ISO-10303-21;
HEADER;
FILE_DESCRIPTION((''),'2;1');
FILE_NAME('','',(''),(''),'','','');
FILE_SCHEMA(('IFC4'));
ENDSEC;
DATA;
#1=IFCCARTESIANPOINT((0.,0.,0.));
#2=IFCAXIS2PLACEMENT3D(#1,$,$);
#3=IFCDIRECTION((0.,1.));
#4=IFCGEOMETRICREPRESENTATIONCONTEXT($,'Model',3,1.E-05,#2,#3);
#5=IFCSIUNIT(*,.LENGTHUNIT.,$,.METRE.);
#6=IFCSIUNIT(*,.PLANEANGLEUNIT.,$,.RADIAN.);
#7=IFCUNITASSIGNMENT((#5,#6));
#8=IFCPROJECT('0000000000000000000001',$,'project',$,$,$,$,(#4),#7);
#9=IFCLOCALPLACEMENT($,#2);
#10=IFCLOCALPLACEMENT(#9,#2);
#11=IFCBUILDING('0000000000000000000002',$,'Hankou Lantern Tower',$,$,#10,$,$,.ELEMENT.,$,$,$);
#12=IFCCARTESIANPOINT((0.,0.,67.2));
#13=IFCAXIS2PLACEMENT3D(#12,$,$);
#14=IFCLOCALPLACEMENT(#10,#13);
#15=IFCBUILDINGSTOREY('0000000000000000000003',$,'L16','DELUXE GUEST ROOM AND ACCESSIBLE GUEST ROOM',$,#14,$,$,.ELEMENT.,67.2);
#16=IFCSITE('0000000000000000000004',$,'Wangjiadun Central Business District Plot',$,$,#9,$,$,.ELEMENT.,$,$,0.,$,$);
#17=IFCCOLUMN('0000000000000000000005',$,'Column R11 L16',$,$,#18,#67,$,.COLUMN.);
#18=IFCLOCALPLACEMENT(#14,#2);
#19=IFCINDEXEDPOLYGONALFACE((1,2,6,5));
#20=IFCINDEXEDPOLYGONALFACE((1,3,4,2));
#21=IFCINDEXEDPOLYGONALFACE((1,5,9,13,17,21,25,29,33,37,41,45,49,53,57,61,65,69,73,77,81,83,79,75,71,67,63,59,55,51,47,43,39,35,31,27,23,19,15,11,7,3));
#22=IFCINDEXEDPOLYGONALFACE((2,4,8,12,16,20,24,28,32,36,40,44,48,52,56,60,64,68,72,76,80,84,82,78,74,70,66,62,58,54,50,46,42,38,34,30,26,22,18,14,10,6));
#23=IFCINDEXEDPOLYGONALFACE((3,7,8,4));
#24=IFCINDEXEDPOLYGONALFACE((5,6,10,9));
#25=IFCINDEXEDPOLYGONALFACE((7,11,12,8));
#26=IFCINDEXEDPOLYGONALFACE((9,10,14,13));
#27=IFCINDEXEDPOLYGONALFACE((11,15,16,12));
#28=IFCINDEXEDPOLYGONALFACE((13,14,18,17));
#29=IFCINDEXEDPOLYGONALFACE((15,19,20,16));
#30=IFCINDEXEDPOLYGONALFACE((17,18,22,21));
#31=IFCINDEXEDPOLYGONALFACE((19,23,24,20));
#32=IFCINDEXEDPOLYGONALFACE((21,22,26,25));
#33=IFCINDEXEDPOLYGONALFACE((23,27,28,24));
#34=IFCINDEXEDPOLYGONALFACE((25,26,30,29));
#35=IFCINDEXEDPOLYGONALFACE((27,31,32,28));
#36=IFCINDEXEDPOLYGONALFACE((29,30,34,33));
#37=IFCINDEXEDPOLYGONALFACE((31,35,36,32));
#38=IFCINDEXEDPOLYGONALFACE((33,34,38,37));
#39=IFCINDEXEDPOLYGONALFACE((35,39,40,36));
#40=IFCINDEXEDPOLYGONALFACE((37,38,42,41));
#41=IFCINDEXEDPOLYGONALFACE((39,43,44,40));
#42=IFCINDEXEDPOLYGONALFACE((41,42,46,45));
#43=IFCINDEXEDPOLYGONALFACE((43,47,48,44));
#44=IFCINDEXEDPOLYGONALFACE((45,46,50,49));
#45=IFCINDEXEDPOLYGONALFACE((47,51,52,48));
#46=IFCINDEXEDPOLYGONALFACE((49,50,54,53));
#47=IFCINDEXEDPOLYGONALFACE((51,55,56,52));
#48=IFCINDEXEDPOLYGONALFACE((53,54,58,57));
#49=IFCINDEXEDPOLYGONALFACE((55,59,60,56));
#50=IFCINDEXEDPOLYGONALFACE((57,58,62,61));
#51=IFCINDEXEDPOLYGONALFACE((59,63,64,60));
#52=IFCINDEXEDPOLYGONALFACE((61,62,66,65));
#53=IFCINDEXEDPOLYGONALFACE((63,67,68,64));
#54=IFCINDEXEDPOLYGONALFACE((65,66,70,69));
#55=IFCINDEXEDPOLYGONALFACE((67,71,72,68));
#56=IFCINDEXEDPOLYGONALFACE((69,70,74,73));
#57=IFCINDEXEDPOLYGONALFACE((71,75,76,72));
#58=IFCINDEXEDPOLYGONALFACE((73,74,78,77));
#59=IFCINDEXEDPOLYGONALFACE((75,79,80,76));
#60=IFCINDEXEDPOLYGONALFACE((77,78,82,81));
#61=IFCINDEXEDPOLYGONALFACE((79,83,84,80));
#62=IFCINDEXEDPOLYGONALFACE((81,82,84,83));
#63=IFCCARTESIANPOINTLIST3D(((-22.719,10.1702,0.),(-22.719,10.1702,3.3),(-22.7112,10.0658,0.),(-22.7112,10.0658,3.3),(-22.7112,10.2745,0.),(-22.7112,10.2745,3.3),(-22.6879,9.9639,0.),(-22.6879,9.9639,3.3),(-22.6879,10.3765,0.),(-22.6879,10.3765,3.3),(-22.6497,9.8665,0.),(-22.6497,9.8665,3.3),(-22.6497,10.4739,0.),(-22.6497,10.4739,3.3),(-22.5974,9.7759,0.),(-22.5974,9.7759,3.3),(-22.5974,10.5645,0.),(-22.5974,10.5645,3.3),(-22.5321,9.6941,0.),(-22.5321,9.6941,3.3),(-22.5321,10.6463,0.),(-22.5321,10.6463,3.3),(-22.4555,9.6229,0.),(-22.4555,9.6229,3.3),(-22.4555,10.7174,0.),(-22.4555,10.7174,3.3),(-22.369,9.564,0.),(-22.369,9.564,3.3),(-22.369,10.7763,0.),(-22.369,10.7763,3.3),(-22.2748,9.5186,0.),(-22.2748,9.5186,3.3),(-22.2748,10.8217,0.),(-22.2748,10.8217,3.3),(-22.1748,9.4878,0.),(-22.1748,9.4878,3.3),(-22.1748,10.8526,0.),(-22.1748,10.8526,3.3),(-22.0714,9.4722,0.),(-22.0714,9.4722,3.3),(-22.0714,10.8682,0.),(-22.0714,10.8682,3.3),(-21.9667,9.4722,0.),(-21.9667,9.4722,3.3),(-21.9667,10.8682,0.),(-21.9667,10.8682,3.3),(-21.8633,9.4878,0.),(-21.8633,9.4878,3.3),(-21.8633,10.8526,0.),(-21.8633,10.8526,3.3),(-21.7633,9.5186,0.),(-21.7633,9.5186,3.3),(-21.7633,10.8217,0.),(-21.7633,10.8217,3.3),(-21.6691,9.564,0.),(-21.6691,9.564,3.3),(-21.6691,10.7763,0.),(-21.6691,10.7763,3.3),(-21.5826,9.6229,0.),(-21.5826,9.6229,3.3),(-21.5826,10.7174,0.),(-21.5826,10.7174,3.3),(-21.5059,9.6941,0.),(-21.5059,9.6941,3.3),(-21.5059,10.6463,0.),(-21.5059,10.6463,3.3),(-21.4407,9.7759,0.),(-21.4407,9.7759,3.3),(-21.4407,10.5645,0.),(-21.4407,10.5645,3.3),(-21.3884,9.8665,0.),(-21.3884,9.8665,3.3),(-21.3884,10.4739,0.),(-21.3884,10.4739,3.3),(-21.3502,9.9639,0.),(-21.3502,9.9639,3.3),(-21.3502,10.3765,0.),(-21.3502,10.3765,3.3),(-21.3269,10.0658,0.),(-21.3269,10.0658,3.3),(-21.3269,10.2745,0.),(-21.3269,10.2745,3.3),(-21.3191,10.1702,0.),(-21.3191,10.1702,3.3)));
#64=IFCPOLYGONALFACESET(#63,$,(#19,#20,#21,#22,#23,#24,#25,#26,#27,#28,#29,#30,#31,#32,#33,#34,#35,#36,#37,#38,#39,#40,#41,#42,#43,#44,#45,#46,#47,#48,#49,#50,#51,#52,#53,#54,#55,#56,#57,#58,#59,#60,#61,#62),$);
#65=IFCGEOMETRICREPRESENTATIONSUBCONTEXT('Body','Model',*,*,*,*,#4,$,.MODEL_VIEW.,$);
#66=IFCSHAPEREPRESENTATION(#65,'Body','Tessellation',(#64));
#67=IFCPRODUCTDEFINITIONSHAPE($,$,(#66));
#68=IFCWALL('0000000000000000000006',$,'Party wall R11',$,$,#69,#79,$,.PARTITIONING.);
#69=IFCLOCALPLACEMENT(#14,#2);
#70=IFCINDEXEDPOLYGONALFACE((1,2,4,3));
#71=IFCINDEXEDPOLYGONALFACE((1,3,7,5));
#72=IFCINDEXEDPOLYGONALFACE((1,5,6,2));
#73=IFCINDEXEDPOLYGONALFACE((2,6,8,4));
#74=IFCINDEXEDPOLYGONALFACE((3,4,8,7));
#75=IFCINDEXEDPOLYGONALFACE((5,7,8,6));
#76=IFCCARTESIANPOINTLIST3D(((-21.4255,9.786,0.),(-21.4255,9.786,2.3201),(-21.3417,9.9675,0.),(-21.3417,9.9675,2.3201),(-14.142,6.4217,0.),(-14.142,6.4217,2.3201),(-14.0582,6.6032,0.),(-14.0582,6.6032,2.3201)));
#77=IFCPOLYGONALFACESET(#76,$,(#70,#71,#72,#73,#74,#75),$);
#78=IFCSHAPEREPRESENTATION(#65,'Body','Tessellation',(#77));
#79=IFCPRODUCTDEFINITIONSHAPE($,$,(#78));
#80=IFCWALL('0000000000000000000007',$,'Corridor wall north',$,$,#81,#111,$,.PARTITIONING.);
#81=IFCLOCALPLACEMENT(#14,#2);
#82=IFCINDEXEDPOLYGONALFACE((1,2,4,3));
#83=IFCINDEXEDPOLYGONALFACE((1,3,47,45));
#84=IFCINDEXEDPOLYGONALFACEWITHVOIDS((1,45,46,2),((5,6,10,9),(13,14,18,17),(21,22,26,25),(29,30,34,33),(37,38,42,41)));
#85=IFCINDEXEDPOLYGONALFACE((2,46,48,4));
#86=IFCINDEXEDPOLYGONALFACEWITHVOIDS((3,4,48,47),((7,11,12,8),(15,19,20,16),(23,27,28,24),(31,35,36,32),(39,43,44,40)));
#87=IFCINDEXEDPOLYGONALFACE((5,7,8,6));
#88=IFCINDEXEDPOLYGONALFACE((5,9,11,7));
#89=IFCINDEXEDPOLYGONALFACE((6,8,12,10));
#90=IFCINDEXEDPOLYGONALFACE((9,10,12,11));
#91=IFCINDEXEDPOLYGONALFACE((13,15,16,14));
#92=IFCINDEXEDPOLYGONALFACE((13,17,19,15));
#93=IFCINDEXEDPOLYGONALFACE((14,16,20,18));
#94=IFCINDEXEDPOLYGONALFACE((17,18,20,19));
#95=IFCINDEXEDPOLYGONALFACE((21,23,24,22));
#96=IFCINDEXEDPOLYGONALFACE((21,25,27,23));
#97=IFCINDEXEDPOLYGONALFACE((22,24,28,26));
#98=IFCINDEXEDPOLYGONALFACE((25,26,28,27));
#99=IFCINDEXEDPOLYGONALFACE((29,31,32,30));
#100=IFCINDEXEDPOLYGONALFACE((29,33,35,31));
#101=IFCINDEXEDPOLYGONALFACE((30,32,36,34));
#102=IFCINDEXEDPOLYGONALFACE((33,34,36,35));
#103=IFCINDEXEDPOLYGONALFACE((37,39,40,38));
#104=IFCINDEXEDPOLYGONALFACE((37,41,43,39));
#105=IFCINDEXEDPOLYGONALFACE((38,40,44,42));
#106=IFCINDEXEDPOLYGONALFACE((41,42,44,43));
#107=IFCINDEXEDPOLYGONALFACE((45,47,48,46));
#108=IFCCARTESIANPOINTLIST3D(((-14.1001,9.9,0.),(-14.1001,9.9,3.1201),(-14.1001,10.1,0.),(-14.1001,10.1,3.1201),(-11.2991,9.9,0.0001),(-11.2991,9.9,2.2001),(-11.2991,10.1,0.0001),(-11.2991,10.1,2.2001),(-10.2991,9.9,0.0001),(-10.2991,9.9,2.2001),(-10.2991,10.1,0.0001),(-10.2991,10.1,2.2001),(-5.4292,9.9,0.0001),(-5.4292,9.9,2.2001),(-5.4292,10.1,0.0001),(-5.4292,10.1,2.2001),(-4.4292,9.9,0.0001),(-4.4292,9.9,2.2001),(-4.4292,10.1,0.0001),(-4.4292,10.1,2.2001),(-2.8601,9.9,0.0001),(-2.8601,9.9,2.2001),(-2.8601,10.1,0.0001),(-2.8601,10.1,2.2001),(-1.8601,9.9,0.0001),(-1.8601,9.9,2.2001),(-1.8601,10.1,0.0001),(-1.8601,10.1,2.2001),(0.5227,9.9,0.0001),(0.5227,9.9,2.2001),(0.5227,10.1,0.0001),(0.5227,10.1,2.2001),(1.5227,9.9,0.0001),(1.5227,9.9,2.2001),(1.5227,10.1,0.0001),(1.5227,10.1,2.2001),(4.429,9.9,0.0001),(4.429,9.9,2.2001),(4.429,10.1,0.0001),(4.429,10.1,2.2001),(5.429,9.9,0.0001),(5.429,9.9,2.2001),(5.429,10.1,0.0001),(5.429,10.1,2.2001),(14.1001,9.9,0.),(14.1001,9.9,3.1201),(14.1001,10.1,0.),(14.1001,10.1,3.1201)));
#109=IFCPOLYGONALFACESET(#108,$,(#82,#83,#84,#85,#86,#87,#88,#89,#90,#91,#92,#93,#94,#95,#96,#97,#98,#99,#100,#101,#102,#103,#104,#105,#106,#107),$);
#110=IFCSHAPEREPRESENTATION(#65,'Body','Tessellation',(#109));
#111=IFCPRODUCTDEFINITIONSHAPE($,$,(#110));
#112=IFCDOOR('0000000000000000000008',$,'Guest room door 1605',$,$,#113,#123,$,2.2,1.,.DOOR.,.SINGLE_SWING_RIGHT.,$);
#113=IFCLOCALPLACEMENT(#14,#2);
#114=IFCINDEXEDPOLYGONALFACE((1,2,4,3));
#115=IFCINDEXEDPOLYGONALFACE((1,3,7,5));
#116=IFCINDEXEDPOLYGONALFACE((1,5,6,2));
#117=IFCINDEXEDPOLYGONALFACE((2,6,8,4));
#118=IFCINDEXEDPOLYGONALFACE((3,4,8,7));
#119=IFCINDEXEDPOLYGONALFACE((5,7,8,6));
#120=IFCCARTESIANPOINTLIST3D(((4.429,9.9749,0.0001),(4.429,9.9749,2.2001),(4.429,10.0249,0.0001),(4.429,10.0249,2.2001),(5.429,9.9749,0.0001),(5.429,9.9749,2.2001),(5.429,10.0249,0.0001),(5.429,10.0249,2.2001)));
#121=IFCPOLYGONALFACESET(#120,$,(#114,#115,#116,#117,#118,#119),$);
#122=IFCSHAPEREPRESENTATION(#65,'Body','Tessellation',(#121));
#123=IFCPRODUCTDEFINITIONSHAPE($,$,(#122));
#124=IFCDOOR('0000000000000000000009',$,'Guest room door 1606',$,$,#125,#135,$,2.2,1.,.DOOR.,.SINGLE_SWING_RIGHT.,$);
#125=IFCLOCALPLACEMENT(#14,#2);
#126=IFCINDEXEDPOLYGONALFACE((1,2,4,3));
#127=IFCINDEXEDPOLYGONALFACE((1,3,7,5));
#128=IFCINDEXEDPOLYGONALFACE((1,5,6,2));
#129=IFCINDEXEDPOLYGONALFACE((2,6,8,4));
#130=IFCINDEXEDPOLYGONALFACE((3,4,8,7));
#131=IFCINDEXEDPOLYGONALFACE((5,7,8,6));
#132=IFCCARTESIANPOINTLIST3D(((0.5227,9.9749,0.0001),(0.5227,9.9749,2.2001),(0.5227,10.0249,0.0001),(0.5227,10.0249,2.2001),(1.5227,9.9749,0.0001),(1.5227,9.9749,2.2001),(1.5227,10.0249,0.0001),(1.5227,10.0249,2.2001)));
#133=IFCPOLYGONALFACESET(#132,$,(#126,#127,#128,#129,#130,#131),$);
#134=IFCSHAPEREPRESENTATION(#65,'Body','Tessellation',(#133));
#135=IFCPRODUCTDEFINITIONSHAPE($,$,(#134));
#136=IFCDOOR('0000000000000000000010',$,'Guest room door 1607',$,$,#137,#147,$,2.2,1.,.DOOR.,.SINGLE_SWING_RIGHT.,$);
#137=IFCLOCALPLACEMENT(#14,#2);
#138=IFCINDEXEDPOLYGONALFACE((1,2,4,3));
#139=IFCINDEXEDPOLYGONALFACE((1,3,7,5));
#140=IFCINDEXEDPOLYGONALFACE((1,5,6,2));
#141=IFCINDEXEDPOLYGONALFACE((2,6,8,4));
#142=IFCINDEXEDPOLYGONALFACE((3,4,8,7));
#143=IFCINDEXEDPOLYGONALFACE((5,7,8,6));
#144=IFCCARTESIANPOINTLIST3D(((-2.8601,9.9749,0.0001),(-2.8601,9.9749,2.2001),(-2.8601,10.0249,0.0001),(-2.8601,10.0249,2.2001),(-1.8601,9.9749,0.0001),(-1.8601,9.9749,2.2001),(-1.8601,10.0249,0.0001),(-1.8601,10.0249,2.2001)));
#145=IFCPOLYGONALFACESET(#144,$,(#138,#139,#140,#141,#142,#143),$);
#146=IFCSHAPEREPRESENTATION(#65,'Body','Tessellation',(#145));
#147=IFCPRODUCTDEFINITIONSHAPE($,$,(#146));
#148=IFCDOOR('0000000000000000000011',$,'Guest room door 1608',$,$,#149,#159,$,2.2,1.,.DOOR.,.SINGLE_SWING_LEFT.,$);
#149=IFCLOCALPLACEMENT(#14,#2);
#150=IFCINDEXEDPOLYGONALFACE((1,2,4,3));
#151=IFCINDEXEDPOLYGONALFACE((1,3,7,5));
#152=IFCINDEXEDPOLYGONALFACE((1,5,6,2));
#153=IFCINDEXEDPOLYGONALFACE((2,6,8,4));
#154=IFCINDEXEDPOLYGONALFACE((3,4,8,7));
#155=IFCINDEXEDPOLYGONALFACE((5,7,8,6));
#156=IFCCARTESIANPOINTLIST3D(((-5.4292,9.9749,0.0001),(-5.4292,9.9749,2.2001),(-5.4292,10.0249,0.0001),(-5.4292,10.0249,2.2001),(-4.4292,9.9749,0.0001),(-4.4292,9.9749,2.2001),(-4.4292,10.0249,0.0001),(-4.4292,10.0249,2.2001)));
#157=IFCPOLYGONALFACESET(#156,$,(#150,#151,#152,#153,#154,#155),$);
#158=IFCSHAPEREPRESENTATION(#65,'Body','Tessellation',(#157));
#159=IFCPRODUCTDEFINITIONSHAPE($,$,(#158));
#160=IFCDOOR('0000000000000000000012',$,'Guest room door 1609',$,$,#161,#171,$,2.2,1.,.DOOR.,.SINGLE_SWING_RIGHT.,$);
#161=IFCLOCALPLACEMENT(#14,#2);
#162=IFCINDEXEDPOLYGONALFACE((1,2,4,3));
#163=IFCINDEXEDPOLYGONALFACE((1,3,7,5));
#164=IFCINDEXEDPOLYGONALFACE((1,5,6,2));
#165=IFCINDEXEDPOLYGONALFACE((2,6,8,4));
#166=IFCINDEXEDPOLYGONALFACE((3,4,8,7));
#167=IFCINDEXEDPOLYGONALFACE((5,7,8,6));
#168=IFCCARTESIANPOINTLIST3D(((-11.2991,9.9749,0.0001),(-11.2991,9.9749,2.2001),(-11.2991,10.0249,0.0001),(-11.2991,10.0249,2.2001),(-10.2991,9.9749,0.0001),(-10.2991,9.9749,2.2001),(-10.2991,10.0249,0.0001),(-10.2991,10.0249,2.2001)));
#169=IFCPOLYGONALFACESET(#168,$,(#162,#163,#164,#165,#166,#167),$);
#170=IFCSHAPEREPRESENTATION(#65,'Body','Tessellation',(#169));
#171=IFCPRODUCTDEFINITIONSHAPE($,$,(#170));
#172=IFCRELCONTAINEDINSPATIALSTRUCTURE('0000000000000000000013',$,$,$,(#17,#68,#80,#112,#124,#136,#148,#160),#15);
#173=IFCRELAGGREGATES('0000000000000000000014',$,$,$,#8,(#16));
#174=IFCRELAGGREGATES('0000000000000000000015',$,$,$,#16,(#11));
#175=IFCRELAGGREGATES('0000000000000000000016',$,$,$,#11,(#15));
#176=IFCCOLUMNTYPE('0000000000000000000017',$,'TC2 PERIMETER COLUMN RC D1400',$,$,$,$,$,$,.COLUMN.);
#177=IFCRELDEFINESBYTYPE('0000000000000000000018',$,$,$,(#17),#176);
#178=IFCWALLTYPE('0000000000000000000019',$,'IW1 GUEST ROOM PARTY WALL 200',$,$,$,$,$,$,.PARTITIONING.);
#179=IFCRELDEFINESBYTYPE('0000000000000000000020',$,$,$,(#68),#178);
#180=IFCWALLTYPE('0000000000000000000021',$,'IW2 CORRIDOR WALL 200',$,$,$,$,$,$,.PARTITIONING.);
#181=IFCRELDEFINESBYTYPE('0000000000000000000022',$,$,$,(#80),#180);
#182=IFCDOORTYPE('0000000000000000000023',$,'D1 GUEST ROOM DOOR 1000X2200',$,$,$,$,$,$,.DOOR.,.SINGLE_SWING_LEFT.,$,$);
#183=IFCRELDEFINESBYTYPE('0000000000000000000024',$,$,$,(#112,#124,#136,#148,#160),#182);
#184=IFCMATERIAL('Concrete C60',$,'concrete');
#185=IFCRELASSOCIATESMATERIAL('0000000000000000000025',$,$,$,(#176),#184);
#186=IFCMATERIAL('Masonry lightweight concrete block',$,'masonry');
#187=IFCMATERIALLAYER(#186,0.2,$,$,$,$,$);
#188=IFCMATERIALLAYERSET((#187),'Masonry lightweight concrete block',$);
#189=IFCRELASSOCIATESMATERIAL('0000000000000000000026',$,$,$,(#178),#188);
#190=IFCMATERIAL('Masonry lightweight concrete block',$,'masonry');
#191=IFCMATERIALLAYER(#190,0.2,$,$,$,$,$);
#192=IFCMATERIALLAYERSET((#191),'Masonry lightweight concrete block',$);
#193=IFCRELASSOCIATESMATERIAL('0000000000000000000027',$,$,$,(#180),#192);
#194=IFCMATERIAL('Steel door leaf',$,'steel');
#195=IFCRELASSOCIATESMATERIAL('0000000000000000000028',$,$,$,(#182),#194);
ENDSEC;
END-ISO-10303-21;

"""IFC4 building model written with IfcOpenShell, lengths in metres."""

from ifc_helpers import new_model, si_unit, direction, frame, frame_2d, origin, origin_2d, place, context, subcontext, project, spatial, rectangle, circle, extrude, material, layer, layer_set, material_profile, profile_set, type_object, element, fill, save


model = new_model("IFC4")

# Units and contexts
model_context = context("Model", 3, precision=1e-05, world=origin(), true_north=direction((0.0, 1.0)))
body_context = subcontext(model_context, "Body", "Model", "MODEL_VIEW")
ifc_project = project(units=[si_unit("LENGTHUNIT", "METRE"), si_unit("PLANEANGLEUNIT", "RADIAN")], contexts=[model_context])

# Site, building, storey
site_placement = place(None, origin())
site = spatial("IfcSite", under=ifc_project, at=site_placement, Name="Wangjiadun Central Business District Plot", CompositionType="ELEMENT", RefElevation=0.0)
building_placement = place(site_placement, origin())
building = spatial("IfcBuilding", under=site, at=building_placement, Name="Hankou Lantern Tower", CompositionType="ELEMENT")
storey_placement = place(building_placement, frame((0.0, 0.0, 67.2)))
storey = spatial("IfcBuildingStorey", under=building, at=storey_placement, Name="L16", Description="DELUXE GUEST ROOM AND ACCESSIBLE GUEST ROOM", CompositionType="ELEMENT", Elevation=67.2)

# Column
ifc_material_1 = material(Name="Concrete C60", Category="concrete")
ifc_material_profile = material_profile(ifc_material_1, circle(Radius=0.7, at=origin_2d()), Name="RC D1400")
ifc_profile_set = profile_set([ifc_material_profile], Name="Concrete C60")
column_type = type_object("IfcColumnType", Name="TC2 PERIMETER COLUMN RC D1400", PredefinedType="COLUMN", material=ifc_profile_set)
column_placement = place(storey_placement, frame((-22.019, 10.1702, 0.0), z_axis=(0.0, 0.0, 1.0), x_axis=(1.0, 0.0, 0.0)))
element("IfcColumn", 1, at=column_placement, inside=storey, type_object=column_type, Name="Column R11 L16", PredefinedType="COLUMN", context=body_context, shape_type="SweptSolid", body=[
    extrude(circle(Radius=0.7, at=origin_2d()), origin(), (0.0, 0.0, 1.0), 3.3),
])

# Wall
ifc_material_2 = material(Name="Masonry lightweight concrete block", Category="masonry")
ifc_layer_1 = layer(ifc_material_2, 0.2)
ifc_layer_set_1 = layer_set([ifc_layer_1], Name="Masonry lightweight concrete block")
wall_type_1 = type_object("IfcWallType", Name="IW1 GUEST ROOM PARTY WALL 200", PredefinedType="PARTITIONING", material=ifc_layer_set_1)
wall_1_placement = place(storey_placement, frame((-14.1001, 6.5125, 0.0), z_axis=(0.0, 0.0, 1.0), x_axis=(-0.907833, 0.419332, 0.0)))
element("IfcWall", 2, at=wall_1_placement, inside=storey, type_object=wall_type_1, Name="Party wall R11", PredefinedType="PARTITIONING", context=body_context, shape_type="SweptSolid", body=[
    extrude(rectangle(XDim=8.0229, YDim=0.2, at=frame_2d((4.0115, 0.0))), origin(), (0.0, 0.0, 1.0), 2.3201),
])

# Wall, openings, doors
ifc_material_3 = material(Name="Masonry lightweight concrete block", Category="masonry")
ifc_layer_2 = layer(ifc_material_3, 0.2)
ifc_layer_set_2 = layer_set([ifc_layer_2], Name="Masonry lightweight concrete block")
wall_type_2 = type_object("IfcWallType", Name="IW2 CORRIDOR WALL 200", PredefinedType="PARTITIONING", material=ifc_layer_set_2)
wall_2_placement = place(storey_placement, frame((-14.1001, 10.0, 0.0), z_axis=(0.0, 0.0, 1.0), x_axis=(1.0, 0.0, 0.0)))
wall_2 = element("IfcWall", 3, at=wall_2_placement, inside=storey, type_object=wall_type_2, Name="Corridor wall north", PredefinedType="PARTITIONING", context=body_context, shape_type="SweptSolid", body=[
    extrude(rectangle(XDim=28.2002, YDim=0.2, at=frame_2d((14.1001, 0.0))), origin(), (0.0, 0.0, 1.0), 3.1201),
])
opening_1_placement = place(wall_2_placement, frame((18.5291, 0.0, 0.0)))
opening_1 = element("IfcOpeningElement", 4, at=opening_1_placement, cuts=wall_2, PredefinedType="OPENING", context=body_context, shape_type="SweptSolid", body=[
    extrude(rectangle(XDim=1.0, YDim=2.2, at=frame_2d((0.5, 1.1001))), frame((0.0, 0.1099, 0.0), z_axis=(0.0, -1.0, 0.0), x_axis=(1.0, 0.0, 0.0)), (0.0, 0.0, 1.0), 0.22),
])
opening_2_placement = place(wall_2_placement, frame((14.6228, 0.0, 0.0)))
opening_2 = element("IfcOpeningElement", 5, at=opening_2_placement, cuts=wall_2, PredefinedType="OPENING", context=body_context, shape_type="SweptSolid", body=[
    extrude(rectangle(XDim=1.0, YDim=2.2, at=frame_2d((0.5, 1.1001))), frame((0.0, 0.1099, 0.0), z_axis=(0.0, -1.0, 0.0), x_axis=(1.0, 0.0, 0.0)), (0.0, 0.0, 1.0), 0.22),
])
opening_3_placement = place(wall_2_placement, frame((11.24, 0.0, 0.0)))
opening_3 = element("IfcOpeningElement", 6, at=opening_3_placement, cuts=wall_2, PredefinedType="OPENING", context=body_context, shape_type="SweptSolid", body=[
    extrude(rectangle(XDim=1.0, YDim=2.2, at=frame_2d((0.5, 1.1001))), frame((0.0, 0.1099, 0.0), z_axis=(0.0, -1.0, 0.0), x_axis=(1.0, 0.0, 0.0)), (0.0, 0.0, 1.0), 0.22),
])
opening_4_placement = place(wall_2_placement, frame((8.6709, 0.0, 0.0)))
opening_4 = element("IfcOpeningElement", 7, at=opening_4_placement, cuts=wall_2, PredefinedType="OPENING", context=body_context, shape_type="SweptSolid", body=[
    extrude(rectangle(XDim=1.0, YDim=2.2, at=frame_2d((0.5, 1.1001))), frame((0.0, 0.1099, 0.0), z_axis=(0.0, -1.0, 0.0), x_axis=(1.0, 0.0, 0.0)), (0.0, 0.0, 1.0), 0.22),
])
opening_5_placement = place(wall_2_placement, frame((2.801, 0.0, 0.0)))
opening_5 = element("IfcOpeningElement", 8, at=opening_5_placement, cuts=wall_2, PredefinedType="OPENING", context=body_context, shape_type="SweptSolid", body=[
    extrude(rectangle(XDim=1.0, YDim=2.2, at=frame_2d((0.5, 1.1001))), frame((0.0, 0.1099, 0.0), z_axis=(0.0, -1.0, 0.0), x_axis=(1.0, 0.0, 0.0)), (0.0, 0.0, 1.0), 0.22),
])
ifc_material_4 = material(Name="Steel door leaf", Category="steel")
door_type_1 = type_object("IfcDoorType", Name="D1 GUEST ROOM DOOR 1000X2200", OperationType="SINGLE_SWING_LEFT", PredefinedType="DOOR", material=ifc_material_4)
door_1_placement = place(opening_1_placement, origin())
door_1 = element("IfcDoor", 9, at=door_1_placement, inside=storey, type_object=door_type_1, Name="Guest room door 1605", OperationType="SINGLE_SWING_RIGHT", OverallHeight=2.2, OverallWidth=1.0, PredefinedType="DOOR", context=body_context, shape_type="SweptSolid", body=[
    extrude(rectangle(XDim=1.0, YDim=2.2, at=frame_2d((0.5, 1.1001))), frame((0.0, 0.0249, 0.0), z_axis=(0.0, -1.0, 0.0), x_axis=(1.0, 0.0, 0.0)), (0.0, 0.0, 1.0), 0.05),
])
fill(opening_1, door_1)
door_2_placement = place(opening_2_placement, origin())
door_2 = element("IfcDoor", 10, at=door_2_placement, inside=storey, type_object=door_type_1, Name="Guest room door 1606", OperationType="SINGLE_SWING_RIGHT", OverallHeight=2.2, OverallWidth=1.0, PredefinedType="DOOR", context=body_context, shape_type="SweptSolid", body=[
    extrude(rectangle(XDim=1.0, YDim=2.2, at=frame_2d((0.5, 1.1001))), frame((0.0, 0.0249, 0.0), z_axis=(0.0, -1.0, 0.0), x_axis=(1.0, 0.0, 0.0)), (0.0, 0.0, 1.0), 0.05),
])
fill(opening_2, door_2)
door_3_placement = place(opening_3_placement, origin())
door_3 = element("IfcDoor", 11, at=door_3_placement, inside=storey, type_object=door_type_1, Name="Guest room door 1607", OperationType="SINGLE_SWING_RIGHT", OverallHeight=2.2, OverallWidth=1.0, PredefinedType="DOOR", context=body_context, shape_type="SweptSolid", body=[
    extrude(rectangle(XDim=1.0, YDim=2.2, at=frame_2d((0.5, 1.1001))), frame((0.0, 0.0249, 0.0), z_axis=(0.0, -1.0, 0.0), x_axis=(1.0, 0.0, 0.0)), (0.0, 0.0, 1.0), 0.05),
])
fill(opening_3, door_3)
door_4_placement = place(opening_4_placement, origin())
door_4 = element("IfcDoor", 12, at=door_4_placement, inside=storey, type_object=door_type_1, Name="Guest room door 1608", OperationType="SINGLE_SWING_LEFT", OverallHeight=2.2, OverallWidth=1.0, PredefinedType="DOOR", context=body_context, shape_type="SweptSolid", body=[
    extrude(rectangle(XDim=1.0, YDim=2.2, at=frame_2d((0.5, 1.1001))), frame((0.0, 0.0249, 0.0), z_axis=(0.0, -1.0, 0.0), x_axis=(1.0, 0.0, 0.0)), (0.0, 0.0, 1.0), 0.05),
])
fill(opening_4, door_4)
door_5_placement = place(opening_5_placement, origin())
door_5 = element("IfcDoor", 13, at=door_5_placement, inside=storey, type_object=door_type_1, Name="Guest room door 1609", OperationType="SINGLE_SWING_RIGHT", OverallHeight=2.2, OverallWidth=1.0, PredefinedType="DOOR", context=body_context, shape_type="SweptSolid", body=[
    extrude(rectangle(XDim=1.0, YDim=2.2, at=frame_2d((0.5, 1.1001))), frame((0.0, 0.0249, 0.0), z_axis=(0.0, -1.0, 0.0), x_axis=(1.0, 0.0, 0.0)), (0.0, 0.0, 1.0), 0.05),
])
fill(opening_5, door_5)

save(model, "model.ifc")
